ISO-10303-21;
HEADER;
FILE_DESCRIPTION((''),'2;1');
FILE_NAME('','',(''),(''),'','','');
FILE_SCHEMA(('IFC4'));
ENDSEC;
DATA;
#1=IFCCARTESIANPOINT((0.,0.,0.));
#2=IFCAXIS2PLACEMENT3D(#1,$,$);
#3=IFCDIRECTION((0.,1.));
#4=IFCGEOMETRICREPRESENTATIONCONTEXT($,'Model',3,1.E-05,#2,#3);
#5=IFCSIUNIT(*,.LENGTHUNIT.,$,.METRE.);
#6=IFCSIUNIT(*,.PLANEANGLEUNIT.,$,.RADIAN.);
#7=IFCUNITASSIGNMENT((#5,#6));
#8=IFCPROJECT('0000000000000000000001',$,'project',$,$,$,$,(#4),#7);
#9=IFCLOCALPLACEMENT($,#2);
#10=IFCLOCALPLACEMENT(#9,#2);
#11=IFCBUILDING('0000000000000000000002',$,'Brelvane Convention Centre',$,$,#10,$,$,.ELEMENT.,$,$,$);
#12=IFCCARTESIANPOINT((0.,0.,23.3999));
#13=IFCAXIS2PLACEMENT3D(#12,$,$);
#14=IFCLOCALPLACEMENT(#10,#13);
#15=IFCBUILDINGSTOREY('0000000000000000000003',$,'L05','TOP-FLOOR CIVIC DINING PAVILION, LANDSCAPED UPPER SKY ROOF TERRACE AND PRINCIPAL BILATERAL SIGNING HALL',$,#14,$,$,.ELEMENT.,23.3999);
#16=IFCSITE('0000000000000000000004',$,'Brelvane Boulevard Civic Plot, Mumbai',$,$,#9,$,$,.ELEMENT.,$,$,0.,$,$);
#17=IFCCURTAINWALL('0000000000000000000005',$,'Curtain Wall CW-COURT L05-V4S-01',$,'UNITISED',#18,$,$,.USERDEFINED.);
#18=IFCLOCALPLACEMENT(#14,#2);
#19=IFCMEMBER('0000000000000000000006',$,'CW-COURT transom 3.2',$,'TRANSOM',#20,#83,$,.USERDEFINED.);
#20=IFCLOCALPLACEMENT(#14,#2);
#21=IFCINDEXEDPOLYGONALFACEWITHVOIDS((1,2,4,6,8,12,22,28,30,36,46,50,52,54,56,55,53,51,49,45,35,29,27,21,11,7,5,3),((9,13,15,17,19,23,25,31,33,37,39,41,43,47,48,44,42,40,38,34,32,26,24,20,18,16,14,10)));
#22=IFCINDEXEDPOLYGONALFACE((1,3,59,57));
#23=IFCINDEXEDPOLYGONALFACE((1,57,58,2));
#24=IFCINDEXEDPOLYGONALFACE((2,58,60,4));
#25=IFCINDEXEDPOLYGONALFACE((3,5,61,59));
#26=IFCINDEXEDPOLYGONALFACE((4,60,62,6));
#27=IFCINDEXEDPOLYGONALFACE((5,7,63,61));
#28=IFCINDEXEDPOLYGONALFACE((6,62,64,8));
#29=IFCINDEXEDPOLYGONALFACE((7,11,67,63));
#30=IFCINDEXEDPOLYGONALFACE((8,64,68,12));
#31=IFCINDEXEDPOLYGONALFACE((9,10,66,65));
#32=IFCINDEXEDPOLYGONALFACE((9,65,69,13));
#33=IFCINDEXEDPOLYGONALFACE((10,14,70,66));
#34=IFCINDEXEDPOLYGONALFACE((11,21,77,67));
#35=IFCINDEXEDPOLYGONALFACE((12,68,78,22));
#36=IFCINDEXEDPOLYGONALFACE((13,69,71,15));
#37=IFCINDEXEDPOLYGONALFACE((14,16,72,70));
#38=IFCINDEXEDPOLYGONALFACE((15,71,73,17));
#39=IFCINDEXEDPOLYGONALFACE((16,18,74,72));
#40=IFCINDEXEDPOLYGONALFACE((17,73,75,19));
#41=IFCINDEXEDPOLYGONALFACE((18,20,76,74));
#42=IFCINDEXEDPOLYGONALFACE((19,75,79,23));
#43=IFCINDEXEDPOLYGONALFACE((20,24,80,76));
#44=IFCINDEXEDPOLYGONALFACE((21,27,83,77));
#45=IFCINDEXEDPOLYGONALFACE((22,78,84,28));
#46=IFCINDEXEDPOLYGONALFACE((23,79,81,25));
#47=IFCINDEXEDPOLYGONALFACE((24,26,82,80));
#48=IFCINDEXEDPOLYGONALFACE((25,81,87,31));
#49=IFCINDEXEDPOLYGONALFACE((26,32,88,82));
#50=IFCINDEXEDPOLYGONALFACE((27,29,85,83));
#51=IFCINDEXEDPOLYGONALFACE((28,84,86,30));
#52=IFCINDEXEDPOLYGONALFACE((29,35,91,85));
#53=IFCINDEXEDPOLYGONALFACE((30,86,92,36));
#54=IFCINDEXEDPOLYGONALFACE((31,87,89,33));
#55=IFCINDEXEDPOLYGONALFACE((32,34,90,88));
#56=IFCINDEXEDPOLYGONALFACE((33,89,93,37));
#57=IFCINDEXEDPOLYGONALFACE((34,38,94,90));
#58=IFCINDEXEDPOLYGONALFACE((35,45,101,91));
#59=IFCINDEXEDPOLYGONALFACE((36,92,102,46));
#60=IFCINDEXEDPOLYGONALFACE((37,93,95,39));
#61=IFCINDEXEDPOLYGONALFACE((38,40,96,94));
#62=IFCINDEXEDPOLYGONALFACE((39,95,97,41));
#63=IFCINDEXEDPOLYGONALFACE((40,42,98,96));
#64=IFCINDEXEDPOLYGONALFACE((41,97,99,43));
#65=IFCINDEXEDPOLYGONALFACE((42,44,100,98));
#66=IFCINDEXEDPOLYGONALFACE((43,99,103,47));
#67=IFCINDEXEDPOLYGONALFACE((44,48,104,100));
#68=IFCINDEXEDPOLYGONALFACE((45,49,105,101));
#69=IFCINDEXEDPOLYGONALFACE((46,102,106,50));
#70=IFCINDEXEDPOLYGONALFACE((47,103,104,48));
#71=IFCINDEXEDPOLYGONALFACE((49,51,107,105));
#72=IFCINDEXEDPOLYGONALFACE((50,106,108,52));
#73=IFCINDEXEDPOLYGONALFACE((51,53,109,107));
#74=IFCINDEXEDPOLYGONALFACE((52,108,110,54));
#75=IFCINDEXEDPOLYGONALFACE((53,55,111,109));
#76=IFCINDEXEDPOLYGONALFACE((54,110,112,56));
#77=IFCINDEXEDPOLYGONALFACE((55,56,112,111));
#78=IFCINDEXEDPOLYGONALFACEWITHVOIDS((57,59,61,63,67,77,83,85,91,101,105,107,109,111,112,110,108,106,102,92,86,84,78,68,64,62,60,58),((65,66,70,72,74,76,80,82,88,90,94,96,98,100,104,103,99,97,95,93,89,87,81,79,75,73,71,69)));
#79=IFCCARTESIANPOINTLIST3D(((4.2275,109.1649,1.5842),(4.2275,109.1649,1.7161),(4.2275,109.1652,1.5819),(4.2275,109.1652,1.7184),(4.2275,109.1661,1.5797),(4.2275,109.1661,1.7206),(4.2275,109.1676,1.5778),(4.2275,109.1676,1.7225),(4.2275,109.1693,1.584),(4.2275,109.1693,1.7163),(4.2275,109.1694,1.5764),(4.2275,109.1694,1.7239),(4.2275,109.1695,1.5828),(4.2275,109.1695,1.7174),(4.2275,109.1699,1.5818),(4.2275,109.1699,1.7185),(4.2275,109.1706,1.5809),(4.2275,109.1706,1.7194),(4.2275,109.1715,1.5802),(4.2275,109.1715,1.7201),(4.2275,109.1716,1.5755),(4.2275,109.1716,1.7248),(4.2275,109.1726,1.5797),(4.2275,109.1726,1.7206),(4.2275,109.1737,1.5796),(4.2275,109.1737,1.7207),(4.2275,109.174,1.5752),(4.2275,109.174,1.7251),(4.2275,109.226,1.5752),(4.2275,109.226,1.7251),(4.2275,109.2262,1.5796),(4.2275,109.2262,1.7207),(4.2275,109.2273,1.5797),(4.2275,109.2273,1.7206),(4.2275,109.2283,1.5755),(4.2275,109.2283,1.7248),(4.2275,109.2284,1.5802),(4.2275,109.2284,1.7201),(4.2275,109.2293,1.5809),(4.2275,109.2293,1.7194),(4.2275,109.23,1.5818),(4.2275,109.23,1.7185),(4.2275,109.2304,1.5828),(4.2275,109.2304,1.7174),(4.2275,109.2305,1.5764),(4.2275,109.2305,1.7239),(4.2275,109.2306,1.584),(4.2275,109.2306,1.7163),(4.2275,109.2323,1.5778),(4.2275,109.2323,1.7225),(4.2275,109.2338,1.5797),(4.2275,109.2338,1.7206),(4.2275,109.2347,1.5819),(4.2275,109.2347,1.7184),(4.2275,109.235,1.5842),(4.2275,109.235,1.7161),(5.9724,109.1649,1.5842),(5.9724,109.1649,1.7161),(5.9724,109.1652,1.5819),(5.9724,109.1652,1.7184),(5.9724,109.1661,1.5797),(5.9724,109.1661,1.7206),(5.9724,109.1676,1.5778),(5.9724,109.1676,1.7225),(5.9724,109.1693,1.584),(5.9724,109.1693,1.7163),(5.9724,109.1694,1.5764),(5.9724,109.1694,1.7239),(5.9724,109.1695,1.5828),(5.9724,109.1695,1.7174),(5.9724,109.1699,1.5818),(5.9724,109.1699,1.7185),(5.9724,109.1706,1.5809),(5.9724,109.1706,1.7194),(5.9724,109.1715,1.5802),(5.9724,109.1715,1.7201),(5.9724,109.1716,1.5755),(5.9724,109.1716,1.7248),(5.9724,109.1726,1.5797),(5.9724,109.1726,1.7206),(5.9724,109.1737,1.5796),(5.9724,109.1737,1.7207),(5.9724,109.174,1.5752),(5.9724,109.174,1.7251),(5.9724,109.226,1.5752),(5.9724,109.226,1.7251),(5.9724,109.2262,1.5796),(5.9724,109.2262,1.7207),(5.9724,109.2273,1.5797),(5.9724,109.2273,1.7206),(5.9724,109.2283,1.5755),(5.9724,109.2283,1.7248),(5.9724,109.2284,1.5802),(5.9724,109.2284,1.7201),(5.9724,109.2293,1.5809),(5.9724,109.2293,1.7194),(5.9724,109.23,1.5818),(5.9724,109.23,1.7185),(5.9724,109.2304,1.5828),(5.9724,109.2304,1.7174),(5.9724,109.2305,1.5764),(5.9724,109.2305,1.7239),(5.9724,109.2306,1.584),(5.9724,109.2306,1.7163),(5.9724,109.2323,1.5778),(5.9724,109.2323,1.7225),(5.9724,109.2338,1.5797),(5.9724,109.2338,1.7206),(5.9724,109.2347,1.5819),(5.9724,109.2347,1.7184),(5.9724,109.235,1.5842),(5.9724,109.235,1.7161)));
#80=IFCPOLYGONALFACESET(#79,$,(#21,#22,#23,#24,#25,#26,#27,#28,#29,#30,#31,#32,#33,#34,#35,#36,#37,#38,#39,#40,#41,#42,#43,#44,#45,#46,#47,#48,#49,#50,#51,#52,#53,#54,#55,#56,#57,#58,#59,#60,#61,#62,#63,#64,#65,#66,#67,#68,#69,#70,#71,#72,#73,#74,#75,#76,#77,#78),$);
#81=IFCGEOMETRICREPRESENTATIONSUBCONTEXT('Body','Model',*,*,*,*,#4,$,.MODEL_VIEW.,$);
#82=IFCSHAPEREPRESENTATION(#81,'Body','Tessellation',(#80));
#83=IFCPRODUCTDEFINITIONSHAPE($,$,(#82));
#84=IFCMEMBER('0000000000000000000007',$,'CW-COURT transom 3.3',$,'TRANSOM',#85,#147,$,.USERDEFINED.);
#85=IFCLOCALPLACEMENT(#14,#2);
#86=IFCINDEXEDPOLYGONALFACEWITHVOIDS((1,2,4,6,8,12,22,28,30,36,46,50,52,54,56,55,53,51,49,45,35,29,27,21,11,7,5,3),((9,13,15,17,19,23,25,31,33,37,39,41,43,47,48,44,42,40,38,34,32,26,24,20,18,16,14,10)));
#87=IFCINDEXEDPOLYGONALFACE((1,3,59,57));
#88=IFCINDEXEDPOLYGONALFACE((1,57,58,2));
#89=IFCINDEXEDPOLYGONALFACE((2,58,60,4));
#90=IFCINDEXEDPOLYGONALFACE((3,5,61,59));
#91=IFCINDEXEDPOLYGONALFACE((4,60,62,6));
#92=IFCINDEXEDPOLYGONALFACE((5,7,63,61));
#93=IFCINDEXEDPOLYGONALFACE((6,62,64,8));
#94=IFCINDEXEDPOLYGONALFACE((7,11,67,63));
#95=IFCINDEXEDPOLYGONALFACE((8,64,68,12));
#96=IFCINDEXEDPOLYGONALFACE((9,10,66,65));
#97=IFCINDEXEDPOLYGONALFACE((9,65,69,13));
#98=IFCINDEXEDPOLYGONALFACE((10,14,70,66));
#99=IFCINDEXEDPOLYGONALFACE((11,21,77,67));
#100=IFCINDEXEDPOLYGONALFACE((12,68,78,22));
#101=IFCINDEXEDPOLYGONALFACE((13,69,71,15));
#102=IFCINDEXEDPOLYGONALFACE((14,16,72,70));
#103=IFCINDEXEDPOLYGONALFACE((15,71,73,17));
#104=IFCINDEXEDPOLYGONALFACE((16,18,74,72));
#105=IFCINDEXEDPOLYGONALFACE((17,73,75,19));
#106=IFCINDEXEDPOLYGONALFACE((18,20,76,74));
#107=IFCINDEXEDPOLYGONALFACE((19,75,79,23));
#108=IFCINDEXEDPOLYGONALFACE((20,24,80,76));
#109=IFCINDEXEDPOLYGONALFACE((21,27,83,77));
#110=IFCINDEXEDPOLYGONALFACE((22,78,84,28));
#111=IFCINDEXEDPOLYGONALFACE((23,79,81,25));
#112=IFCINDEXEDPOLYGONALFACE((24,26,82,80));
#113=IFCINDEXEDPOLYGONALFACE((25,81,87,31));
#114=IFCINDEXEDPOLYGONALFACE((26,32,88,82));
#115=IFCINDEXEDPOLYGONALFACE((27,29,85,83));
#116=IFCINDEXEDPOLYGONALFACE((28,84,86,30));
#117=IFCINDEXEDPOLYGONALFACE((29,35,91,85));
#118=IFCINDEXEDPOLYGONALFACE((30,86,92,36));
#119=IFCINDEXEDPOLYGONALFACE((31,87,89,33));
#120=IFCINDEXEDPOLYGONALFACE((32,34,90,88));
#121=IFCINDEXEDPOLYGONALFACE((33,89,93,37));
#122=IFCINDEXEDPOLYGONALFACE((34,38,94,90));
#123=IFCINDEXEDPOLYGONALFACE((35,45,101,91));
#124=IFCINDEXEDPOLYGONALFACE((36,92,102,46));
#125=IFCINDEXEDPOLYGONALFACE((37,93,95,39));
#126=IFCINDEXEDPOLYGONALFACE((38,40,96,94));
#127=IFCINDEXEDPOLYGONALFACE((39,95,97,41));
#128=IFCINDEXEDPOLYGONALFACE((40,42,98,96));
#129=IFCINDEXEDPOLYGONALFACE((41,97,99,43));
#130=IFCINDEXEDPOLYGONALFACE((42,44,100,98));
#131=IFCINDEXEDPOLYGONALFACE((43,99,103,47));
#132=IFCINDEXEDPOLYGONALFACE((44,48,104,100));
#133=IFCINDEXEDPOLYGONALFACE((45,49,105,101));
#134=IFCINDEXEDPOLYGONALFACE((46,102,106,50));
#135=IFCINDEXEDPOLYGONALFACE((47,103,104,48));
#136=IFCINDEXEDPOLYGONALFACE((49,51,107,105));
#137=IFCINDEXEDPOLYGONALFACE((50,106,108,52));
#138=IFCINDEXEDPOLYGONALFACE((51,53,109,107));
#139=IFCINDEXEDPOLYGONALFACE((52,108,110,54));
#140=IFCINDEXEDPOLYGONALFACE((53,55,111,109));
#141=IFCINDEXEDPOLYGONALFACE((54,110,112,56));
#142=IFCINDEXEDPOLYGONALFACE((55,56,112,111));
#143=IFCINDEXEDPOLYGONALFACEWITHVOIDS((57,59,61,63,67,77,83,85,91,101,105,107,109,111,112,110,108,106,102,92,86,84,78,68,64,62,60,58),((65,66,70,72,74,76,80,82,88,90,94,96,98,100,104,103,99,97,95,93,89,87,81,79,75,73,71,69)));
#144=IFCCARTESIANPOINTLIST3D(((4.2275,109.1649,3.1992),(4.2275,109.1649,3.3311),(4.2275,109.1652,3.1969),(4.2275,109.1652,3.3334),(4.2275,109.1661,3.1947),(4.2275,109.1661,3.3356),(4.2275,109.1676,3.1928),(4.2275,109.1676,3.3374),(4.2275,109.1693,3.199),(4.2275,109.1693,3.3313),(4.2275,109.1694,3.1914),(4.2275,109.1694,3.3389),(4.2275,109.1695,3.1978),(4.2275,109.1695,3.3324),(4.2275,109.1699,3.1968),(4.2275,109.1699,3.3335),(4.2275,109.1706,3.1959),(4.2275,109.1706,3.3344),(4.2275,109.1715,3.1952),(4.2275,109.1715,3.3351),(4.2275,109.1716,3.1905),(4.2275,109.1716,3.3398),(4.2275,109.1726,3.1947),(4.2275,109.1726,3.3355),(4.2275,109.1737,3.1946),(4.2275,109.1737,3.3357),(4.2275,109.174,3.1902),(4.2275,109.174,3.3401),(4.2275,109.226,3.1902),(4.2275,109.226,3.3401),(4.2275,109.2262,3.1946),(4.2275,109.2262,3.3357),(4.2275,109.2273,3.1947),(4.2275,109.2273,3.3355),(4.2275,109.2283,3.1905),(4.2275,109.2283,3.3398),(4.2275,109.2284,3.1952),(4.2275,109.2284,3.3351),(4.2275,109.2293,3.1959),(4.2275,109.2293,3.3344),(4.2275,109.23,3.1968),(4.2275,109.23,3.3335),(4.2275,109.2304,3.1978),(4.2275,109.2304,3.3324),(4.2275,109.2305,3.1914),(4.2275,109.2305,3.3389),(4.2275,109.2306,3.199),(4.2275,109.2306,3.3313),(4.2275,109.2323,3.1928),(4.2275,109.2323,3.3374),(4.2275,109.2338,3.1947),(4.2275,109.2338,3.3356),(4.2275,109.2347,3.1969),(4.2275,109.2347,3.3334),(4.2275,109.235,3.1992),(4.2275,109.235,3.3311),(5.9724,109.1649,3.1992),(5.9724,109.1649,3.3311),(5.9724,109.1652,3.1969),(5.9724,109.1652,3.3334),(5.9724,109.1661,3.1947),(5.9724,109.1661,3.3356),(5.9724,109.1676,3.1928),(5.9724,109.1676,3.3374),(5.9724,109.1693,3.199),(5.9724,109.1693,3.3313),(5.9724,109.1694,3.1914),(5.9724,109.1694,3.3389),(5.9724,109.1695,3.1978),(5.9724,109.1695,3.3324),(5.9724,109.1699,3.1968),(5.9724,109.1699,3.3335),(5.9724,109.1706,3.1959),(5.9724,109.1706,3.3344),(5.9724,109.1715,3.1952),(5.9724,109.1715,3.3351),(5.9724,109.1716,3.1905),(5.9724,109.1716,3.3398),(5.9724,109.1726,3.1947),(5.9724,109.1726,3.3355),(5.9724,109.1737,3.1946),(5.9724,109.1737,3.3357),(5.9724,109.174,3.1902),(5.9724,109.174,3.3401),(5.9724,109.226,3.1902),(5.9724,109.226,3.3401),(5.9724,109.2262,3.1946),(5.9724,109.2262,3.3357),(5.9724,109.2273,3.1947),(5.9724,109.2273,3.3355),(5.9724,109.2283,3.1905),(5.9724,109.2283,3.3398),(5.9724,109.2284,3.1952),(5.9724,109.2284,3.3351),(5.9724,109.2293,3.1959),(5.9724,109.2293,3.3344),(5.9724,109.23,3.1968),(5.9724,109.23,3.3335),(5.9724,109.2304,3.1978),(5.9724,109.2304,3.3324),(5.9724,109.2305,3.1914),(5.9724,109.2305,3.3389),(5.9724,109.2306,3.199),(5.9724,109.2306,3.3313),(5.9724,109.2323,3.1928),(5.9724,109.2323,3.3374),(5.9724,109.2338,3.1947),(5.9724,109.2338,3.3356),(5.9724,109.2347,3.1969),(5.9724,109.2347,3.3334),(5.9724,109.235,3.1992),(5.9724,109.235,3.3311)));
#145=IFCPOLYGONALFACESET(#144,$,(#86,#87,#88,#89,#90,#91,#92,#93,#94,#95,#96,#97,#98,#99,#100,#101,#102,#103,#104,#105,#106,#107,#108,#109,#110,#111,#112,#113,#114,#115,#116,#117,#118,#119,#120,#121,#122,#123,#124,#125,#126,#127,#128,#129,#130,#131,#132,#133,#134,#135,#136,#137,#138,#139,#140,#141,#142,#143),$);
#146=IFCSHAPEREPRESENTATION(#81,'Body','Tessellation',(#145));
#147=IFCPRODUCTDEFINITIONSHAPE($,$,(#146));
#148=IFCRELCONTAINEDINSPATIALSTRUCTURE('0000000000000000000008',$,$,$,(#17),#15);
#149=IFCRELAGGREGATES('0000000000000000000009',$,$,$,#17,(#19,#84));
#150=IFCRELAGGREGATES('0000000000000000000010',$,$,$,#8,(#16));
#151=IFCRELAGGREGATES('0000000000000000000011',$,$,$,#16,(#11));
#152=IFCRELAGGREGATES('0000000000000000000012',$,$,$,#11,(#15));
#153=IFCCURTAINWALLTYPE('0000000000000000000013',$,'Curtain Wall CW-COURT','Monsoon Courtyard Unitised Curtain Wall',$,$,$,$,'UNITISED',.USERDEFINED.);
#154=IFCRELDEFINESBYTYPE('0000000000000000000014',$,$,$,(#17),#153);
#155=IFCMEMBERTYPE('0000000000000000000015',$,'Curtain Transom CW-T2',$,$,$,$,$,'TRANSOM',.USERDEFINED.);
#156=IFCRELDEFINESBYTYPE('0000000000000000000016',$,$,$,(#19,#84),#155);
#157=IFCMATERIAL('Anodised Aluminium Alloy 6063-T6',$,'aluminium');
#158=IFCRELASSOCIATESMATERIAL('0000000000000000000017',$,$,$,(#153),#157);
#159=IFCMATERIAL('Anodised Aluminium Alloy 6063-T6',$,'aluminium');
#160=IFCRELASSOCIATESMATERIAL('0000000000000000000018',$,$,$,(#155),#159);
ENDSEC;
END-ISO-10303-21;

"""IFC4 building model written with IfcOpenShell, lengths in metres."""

from ifc_helpers import new_model, si_unit, direction, frame, origin, origin_2d, place, context, subcontext, project, spatial, hollow_rectangle, extrude, material, material_profile, profile_set, type_object, element, aggregate, save


model = new_model("IFC4")

# Units and contexts
model_context = context("Model", 3, precision=1e-05, world=origin(), true_north=direction((0.0, 1.0)))
body_context = subcontext(model_context, "Body", "Model", "MODEL_VIEW")
ifc_project = project(units=[si_unit("LENGTHUNIT", "METRE"), si_unit("PLANEANGLEUNIT", "RADIAN")], contexts=[model_context])

# Site, building, storey
site_placement = place(None, origin())
site = spatial("IfcSite", under=ifc_project, at=site_placement, Name="Brelvane Boulevard Civic Plot, Mumbai", CompositionType="ELEMENT", RefElevation=0.0)
building_placement = place(site_placement, origin())
building = spatial("IfcBuilding", under=site, at=building_placement, Name="Brelvane Convention Centre", CompositionType="ELEMENT")
storey_placement = place(building_placement, frame((0.0, 0.0, 23.3999)))
storey = spatial("IfcBuildingStorey", under=building, at=storey_placement, Name="L05", Description="TOP-FLOOR CIVIC DINING PAVILION, LANDSCAPED UPPER SKY ROOF TERRACE AND PRINCIPAL BILATERAL SIGNING HALL", CompositionType="ELEMENT", Elevation=23.3999)

# Curtain wall
ifc_material_1 = material(Name="Anodised Aluminium Alloy 6063-T6", Category="aluminium")
curtain_wall_type = type_object("IfcCurtainWallType", Name="Curtain Wall CW-COURT", Description="Monsoon Courtyard Unitised Curtain Wall", ElementType="UNITISED", PredefinedType="USERDEFINED", material=ifc_material_1)
curtain_wall_1_placement = place(storey_placement, origin())
curtain_wall_1 = element("IfcCurtainWall", 1, at=curtain_wall_1_placement, inside=storey, type_object=curtain_wall_type, Name="Curtain Wall CW-COURT L05-V4S-01", ObjectType="UNITISED", PredefinedType="USERDEFINED")

# Members
ifc_material_2 = material(Name="Anodised Aluminium Alloy 6063-T6", Category="aluminium")
ifc_material_profile_1 = material_profile(ifc_material_2, hollow_rectangle(XDim=0.0701, YDim=0.1499, WallThickness=0.0044, InnerFilletRadius=0.0044, OuterFilletRadius=0.009, at=origin_2d()), Name="ALU-T 150x70x4.5")
ifc_profile_set_1 = profile_set([ifc_material_profile_1], Name="Anodised Aluminium Alloy 6063-T6")
member_type_1 = type_object("IfcMemberType", Name="Curtain Transom CW-T2", ElementType="TRANSOM", PredefinedType="USERDEFINED", material=ifc_profile_set_1)
member_1_placement = place(storey_placement, frame((4.2275, 109.2, 1.6501), z_axis=(1.0, 0.0, 0.0), x_axis=(0.0, 1.0, 0.0)))
member_1 = element("IfcMember", 2, at=member_1_placement, type_object=member_type_1, Name="CW-COURT transom 3.2", ObjectType="TRANSOM", PredefinedType="USERDEFINED", context=body_context, shape_type="SweptSolid", body=[
    extrude(hollow_rectangle(XDim=0.0701, YDim=0.1499, WallThickness=0.0044, InnerFilletRadius=0.0044, OuterFilletRadius=0.009, at=origin_2d()), origin(), (0.0, 0.0, 1.0), 1.7449),
])
member_2_placement = place(storey_placement, frame((4.2275, 109.2, 3.2651), z_axis=(1.0, 0.0, 0.0), x_axis=(0.0, 1.0, 0.0)))
member_2 = element("IfcMember", 3, at=member_2_placement, type_object=member_type_1, Name="CW-COURT transom 3.3", ObjectType="TRANSOM", PredefinedType="USERDEFINED", context=body_context, shape_type="SweptSolid", body=[
    extrude(hollow_rectangle(XDim=0.0701, YDim=0.1499, WallThickness=0.0044, InnerFilletRadius=0.0044, OuterFilletRadius=0.009, at=origin_2d()), origin(), (0.0, 0.0, 1.0), 1.7449),
])

aggregate(curtain_wall_1, [member_1, member_2])

save(model, "model.ifc")
